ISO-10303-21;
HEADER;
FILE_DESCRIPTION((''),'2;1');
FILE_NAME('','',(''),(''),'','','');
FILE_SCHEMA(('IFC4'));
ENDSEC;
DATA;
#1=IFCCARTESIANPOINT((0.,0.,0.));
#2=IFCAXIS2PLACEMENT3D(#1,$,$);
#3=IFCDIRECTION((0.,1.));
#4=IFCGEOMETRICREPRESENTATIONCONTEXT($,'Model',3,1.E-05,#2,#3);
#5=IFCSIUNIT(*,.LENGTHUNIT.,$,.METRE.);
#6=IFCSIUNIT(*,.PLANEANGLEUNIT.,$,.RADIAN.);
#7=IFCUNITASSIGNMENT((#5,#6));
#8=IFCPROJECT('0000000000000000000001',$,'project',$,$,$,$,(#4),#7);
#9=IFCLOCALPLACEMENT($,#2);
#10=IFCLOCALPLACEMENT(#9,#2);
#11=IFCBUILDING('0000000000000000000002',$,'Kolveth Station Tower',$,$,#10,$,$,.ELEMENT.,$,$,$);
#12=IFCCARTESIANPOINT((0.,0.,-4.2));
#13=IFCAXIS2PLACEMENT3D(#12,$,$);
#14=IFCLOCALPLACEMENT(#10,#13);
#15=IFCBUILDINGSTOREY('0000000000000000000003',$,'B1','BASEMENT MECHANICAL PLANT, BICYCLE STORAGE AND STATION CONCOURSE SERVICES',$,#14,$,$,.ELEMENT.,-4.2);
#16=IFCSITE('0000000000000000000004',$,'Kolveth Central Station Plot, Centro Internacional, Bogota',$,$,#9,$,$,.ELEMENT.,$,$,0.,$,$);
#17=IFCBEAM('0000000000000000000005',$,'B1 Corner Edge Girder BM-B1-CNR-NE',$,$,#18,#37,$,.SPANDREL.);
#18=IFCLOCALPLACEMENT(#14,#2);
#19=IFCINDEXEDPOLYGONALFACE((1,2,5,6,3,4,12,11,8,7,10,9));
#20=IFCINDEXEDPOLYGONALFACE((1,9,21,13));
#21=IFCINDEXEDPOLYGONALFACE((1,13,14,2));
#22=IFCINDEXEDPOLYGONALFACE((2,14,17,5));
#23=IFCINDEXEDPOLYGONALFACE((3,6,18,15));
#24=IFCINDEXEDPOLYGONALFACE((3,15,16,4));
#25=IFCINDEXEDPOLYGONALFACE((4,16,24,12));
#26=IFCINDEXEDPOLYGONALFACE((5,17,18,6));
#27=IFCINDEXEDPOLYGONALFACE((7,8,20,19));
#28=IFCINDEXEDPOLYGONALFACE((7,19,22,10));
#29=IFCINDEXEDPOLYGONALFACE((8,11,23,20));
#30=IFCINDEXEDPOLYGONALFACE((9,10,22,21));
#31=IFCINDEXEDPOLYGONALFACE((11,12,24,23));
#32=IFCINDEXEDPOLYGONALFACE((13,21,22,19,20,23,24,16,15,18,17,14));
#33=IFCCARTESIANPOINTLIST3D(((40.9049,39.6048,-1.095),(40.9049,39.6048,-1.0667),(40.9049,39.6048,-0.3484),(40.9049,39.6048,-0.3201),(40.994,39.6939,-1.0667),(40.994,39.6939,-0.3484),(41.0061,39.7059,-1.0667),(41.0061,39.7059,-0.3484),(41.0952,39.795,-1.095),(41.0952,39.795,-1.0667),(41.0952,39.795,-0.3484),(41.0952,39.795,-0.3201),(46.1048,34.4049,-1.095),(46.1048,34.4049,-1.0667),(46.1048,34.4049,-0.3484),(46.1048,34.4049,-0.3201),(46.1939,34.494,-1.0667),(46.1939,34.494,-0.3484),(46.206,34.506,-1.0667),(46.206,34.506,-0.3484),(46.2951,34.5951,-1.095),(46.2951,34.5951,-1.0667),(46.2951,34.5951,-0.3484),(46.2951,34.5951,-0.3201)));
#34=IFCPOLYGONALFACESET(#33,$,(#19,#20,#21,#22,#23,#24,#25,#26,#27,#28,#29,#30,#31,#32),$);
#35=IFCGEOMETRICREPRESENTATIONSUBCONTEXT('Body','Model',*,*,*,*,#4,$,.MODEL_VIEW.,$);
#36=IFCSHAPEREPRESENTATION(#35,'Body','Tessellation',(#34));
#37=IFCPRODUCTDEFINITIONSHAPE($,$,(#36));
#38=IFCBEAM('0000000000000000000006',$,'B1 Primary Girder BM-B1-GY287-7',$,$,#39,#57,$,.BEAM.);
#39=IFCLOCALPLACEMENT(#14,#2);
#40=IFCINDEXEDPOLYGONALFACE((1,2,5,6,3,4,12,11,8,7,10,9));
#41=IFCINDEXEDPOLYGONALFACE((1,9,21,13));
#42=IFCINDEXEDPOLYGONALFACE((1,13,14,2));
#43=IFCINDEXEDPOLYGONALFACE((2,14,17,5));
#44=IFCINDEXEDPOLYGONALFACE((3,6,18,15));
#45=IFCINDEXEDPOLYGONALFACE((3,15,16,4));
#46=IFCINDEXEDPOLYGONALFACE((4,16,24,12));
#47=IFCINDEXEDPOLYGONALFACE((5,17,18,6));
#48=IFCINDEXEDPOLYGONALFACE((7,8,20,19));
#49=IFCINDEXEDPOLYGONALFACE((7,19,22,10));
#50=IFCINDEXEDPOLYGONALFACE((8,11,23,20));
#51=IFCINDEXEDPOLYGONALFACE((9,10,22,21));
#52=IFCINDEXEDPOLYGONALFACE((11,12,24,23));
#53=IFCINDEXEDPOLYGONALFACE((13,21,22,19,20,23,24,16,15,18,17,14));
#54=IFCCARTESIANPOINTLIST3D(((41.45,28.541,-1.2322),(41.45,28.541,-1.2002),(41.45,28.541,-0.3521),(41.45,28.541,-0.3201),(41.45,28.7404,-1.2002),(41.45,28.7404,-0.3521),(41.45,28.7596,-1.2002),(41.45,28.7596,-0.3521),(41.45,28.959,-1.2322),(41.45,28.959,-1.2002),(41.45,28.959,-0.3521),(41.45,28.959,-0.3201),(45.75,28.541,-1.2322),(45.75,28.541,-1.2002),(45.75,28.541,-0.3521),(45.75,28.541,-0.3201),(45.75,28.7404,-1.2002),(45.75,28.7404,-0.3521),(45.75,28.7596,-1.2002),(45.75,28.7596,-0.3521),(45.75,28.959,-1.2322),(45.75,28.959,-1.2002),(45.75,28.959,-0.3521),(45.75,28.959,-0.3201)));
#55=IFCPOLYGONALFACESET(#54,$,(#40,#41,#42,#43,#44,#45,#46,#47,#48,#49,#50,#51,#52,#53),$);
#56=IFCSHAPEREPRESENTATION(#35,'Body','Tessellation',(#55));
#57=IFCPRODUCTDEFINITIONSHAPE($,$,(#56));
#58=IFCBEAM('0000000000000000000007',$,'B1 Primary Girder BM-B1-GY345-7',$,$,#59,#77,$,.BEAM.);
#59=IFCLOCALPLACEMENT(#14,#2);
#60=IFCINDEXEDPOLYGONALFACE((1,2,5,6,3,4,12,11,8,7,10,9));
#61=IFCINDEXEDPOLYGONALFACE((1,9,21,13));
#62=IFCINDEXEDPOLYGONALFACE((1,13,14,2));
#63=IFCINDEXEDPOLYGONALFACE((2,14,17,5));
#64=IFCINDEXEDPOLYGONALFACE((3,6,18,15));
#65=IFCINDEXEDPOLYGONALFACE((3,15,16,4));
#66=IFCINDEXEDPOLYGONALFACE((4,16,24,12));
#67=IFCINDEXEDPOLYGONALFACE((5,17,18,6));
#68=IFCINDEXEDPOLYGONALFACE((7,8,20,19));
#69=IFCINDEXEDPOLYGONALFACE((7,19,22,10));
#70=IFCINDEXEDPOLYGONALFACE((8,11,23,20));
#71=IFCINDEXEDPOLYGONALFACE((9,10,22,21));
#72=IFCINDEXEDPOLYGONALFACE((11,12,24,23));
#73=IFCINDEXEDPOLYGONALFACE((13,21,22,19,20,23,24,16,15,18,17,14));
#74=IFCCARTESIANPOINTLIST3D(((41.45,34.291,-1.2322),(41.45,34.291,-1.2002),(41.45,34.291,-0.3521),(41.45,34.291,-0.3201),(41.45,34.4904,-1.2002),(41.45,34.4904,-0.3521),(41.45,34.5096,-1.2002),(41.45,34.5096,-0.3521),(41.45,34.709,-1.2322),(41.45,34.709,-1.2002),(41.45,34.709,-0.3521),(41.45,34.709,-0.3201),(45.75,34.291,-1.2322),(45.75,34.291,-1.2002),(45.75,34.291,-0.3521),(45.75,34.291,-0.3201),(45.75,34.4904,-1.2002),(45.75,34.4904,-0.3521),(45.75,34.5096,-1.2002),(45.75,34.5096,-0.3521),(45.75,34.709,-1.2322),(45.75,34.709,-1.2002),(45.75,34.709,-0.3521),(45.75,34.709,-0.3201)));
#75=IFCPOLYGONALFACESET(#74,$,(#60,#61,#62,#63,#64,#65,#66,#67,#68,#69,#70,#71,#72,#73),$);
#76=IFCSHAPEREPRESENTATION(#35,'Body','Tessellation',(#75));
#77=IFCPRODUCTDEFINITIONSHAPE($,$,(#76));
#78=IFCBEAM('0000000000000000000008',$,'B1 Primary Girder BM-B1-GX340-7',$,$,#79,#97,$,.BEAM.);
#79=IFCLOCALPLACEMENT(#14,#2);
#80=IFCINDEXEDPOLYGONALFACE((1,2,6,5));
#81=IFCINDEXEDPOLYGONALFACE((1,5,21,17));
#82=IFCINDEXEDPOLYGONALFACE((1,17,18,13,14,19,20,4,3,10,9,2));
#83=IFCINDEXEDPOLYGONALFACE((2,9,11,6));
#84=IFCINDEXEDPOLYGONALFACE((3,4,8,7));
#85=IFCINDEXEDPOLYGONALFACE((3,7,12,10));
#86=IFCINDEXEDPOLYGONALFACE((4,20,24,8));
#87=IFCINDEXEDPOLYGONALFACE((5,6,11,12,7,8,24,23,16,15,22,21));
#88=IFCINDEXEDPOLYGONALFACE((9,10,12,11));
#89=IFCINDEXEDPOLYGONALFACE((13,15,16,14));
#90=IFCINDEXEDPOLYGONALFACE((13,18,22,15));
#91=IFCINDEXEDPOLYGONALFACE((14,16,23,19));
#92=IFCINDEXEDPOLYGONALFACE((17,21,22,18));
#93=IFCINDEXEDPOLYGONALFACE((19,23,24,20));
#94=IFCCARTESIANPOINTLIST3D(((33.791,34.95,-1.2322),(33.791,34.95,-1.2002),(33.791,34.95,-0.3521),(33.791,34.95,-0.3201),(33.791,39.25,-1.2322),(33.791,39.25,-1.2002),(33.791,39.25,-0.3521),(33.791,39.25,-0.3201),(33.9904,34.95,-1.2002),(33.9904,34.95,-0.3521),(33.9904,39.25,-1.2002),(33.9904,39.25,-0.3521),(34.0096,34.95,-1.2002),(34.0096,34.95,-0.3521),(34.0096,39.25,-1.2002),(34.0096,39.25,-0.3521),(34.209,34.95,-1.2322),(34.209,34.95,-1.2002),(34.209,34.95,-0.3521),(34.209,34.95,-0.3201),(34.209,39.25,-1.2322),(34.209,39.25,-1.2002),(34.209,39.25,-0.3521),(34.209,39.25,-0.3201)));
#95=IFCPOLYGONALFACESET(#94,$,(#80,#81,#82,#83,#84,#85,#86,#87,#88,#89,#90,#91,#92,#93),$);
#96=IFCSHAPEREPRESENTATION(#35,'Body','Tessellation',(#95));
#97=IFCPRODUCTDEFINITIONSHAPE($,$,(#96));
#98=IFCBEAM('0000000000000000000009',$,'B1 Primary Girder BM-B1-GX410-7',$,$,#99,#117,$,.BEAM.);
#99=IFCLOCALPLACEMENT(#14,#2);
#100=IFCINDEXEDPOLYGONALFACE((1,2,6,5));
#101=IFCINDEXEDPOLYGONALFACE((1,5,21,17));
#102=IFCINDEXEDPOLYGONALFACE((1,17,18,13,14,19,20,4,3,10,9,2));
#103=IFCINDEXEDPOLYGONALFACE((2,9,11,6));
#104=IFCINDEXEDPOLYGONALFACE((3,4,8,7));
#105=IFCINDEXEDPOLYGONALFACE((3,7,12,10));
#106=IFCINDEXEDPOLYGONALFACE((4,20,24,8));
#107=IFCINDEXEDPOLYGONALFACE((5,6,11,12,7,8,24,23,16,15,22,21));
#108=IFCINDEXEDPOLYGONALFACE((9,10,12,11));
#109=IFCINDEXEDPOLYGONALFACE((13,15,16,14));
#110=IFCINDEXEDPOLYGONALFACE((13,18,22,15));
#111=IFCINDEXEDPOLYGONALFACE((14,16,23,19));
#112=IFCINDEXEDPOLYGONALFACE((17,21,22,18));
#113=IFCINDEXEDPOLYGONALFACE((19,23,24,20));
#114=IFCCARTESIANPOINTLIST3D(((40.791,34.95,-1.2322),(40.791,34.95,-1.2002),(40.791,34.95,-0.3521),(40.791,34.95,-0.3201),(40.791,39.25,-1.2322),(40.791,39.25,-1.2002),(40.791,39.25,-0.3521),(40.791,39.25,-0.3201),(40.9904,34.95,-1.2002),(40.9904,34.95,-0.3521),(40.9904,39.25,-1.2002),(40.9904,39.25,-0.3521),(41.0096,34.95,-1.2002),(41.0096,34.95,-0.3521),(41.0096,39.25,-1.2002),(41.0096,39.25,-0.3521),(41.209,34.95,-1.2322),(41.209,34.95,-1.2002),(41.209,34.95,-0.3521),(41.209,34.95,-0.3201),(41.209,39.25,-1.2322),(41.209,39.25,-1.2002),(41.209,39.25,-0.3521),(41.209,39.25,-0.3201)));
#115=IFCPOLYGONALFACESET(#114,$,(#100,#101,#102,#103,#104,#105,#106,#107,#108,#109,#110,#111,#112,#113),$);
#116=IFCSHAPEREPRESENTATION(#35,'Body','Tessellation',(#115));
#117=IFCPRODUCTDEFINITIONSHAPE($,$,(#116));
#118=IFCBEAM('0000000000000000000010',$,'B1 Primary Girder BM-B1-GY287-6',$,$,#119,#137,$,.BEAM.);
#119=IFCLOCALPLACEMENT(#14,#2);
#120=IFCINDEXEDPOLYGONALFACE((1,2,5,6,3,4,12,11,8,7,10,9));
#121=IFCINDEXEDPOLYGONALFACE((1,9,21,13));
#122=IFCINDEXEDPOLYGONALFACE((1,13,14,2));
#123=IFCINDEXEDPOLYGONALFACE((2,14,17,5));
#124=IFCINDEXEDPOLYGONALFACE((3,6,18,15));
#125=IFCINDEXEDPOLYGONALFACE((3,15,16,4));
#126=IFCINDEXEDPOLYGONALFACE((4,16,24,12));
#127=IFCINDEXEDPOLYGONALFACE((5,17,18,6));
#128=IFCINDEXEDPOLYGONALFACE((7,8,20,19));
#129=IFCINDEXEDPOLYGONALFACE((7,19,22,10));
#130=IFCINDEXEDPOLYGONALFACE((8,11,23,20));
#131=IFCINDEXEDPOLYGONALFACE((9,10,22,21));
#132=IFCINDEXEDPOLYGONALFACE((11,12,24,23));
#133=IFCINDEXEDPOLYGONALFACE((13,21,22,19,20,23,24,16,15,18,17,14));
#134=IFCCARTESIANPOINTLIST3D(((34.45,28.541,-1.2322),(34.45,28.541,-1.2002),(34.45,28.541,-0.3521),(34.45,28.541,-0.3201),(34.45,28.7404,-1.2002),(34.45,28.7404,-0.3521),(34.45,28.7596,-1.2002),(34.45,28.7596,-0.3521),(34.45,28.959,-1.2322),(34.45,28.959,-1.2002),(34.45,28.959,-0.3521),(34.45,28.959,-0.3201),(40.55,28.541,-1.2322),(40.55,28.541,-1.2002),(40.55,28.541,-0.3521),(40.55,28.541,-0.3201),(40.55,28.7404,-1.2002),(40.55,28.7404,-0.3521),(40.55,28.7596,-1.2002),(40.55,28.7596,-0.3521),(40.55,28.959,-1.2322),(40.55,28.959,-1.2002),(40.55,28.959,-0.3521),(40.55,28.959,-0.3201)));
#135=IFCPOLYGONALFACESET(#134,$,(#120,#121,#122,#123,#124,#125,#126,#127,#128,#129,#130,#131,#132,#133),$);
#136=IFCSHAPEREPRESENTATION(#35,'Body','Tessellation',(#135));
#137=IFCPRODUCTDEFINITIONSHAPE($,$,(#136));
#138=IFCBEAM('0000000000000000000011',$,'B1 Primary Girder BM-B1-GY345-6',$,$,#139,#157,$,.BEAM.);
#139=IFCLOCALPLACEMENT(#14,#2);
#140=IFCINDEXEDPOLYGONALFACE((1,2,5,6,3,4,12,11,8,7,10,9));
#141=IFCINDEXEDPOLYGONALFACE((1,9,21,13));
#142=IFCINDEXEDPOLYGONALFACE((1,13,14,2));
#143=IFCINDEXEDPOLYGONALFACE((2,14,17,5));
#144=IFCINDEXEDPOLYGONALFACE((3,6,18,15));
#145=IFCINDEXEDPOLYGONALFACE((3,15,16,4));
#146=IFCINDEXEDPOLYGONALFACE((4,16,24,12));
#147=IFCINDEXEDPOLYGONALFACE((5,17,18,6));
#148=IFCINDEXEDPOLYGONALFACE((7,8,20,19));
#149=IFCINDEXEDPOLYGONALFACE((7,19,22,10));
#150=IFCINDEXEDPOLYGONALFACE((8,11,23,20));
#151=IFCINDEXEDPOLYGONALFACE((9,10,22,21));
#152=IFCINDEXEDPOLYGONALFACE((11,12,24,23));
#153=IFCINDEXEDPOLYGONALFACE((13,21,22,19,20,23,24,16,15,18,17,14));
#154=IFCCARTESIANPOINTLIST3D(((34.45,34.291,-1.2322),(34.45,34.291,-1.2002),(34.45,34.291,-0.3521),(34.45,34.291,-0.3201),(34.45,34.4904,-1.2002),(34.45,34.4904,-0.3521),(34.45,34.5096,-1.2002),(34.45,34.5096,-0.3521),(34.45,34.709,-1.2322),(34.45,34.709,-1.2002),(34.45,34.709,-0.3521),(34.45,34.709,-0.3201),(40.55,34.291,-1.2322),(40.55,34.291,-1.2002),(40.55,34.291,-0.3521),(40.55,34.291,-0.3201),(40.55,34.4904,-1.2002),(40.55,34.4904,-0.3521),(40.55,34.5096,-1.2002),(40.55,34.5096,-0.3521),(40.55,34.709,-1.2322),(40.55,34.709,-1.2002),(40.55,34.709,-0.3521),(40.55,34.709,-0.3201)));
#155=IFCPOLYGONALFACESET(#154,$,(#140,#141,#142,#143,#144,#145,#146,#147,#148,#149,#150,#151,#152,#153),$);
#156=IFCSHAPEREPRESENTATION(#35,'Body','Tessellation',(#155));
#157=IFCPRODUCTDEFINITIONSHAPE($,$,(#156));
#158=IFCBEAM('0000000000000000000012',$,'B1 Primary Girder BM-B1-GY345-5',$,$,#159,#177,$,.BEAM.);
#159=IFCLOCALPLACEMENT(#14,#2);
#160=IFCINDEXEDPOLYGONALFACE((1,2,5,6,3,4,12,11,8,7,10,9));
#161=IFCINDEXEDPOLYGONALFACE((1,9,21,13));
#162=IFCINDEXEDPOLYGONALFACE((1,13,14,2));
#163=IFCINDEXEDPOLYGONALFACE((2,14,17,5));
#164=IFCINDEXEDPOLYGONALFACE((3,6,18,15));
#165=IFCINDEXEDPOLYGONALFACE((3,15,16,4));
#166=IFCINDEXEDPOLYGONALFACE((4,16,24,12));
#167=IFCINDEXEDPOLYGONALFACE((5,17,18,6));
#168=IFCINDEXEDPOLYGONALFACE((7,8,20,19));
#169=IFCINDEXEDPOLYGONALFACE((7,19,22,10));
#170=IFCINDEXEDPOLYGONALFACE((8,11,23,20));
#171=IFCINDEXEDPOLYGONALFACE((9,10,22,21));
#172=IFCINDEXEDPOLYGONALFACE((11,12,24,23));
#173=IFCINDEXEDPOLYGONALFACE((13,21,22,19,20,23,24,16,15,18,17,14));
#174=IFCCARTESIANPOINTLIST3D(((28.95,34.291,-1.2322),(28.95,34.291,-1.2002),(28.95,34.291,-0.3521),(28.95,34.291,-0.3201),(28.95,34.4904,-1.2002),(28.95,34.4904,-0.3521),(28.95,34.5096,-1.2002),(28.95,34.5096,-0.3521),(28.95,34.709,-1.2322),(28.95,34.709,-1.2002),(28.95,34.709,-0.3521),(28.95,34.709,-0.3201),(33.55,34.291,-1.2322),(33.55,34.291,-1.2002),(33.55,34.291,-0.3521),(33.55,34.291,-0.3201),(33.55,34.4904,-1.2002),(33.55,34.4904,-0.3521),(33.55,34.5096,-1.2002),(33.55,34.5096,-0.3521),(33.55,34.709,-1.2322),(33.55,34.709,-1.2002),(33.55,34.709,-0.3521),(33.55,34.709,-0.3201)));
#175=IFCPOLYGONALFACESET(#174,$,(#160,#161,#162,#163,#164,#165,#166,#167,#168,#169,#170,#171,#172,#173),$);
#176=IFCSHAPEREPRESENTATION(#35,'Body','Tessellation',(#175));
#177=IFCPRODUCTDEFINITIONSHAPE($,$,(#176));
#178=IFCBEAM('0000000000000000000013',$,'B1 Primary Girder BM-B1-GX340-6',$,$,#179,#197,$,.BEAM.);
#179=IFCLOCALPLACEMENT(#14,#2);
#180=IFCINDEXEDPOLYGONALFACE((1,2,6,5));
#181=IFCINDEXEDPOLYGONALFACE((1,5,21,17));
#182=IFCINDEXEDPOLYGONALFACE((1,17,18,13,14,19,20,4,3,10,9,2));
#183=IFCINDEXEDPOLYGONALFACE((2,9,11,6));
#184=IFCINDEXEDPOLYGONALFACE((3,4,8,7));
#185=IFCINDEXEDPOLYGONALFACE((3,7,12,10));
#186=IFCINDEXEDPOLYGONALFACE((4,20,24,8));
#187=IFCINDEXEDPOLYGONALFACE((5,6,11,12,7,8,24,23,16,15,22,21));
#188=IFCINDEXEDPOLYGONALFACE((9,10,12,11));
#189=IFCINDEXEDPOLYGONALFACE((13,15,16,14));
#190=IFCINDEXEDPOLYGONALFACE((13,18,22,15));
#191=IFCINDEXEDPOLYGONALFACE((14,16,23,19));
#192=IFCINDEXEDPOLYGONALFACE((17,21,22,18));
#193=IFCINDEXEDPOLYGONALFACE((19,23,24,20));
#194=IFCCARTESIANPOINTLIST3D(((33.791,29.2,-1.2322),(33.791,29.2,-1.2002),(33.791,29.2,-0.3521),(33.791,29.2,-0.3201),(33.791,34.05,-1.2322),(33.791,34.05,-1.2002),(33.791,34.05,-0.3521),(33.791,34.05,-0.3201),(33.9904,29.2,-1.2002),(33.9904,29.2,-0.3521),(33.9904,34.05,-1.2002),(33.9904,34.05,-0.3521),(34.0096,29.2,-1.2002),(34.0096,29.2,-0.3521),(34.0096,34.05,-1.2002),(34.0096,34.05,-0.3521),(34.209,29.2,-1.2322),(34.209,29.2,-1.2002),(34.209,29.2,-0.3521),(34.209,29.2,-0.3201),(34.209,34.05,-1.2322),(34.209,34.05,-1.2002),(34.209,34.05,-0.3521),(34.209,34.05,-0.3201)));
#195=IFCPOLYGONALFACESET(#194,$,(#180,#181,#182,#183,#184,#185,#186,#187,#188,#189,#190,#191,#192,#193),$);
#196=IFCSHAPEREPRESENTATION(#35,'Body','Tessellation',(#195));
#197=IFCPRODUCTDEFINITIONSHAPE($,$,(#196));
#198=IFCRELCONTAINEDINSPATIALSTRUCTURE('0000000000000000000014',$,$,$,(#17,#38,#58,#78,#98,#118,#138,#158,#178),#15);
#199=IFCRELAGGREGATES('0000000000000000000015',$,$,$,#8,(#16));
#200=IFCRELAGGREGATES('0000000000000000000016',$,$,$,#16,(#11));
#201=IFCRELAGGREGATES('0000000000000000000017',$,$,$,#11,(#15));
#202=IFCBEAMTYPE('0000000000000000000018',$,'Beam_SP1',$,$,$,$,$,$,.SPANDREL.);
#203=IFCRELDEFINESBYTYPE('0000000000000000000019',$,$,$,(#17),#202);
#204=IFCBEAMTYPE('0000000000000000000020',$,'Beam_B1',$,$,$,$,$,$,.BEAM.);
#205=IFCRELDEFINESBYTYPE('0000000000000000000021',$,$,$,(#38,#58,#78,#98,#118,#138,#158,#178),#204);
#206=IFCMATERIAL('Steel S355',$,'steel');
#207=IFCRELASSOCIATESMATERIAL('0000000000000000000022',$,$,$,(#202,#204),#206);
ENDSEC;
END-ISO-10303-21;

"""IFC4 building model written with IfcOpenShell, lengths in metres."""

from ifc_helpers import new_model, si_unit, direction, frame, origin, origin_2d, place, context, subcontext, project, spatial, i_section, extrude, source, transform, mapped, material, material_profile, profile_set, type_object, element, save


model = new_model("IFC4")

# Units and contexts
model_context = context("Model", 3, precision=1e-05, world=origin(), true_north=direction((0.0, 1.0)))
body_context = subcontext(model_context, "Body", "Model", "MODEL_VIEW")
ifc_project = project(units=[si_unit("LENGTHUNIT", "METRE"), si_unit("PLANEANGLEUNIT", "RADIAN")], contexts=[model_context])

# Site, building, storey
site_placement = place(None, origin())
site = spatial("IfcSite", under=ifc_project, at=site_placement, Name="Kolveth Central Station Plot, Centro Internacional, Bogota", CompositionType="ELEMENT", RefElevation=0.0)
building_placement = place(site_placement, origin())
building = spatial("IfcBuilding", under=site, at=building_placement, Name="Kolveth Station Tower", CompositionType="ELEMENT")
storey_placement = place(building_placement, frame((0.0, 0.0, -4.2)))
storey = spatial("IfcBuildingStorey", under=building, at=storey_placement, Name="B1", Description="BASEMENT MECHANICAL PLANT, BICYCLE STORAGE AND STATION CONCOURSE SERVICES", CompositionType="ELEMENT", Elevation=-4.2)

# Beams
ifc_material_1 = material(Name="Steel S355", Category="steel")
ifc_material_profile_1 = material_profile(ifc_material_1, i_section(OverallWidth=0.269, OverallDepth=0.7749, WebThickness=0.0171, FlangeThickness=0.0283, at=origin_2d()), Name="W760x220")
ifc_profile_set_1 = profile_set([ifc_material_profile_1], Name="Steel S355")
beam_type_1 = type_object("IfcBeamType", Name="Beam_SP1", PredefinedType="SPANDREL", material=ifc_profile_set_1)
shared_shape_1 = source(origin(), body_context, "Body", "SweptSolid", [
    extrude(i_section(OverallWidth=0.269, OverallDepth=0.7749, WebThickness=0.0171, FlangeThickness=0.0283, at=origin_2d()), origin(), (0.0, 0.0, 1.0), 7.3538),
])
beam_1_placement = place(storey_placement, frame((46.2, 34.5, -0.7075), z_axis=(-0.707107, 0.707107, 0.0), x_axis=(-0.707107, -0.707107, 0.0)))
element("IfcBeam", 1, at=beam_1_placement, inside=storey, type_object=beam_type_1, Name="B1 Corner Edge Girder BM-B1-CNR-NE", PredefinedType="SPANDREL", context=body_context, shape_type="MappedRepresentation", body=[
    mapped(shared_shape_1, transform((0.0, 0.0, 0.0), x_axis=(1.0, 0.0, 0.0), y_axis=(0.0, 1.0, 0.0), z_axis=(0.0, 0.0, 1.0), scale=1.0)),
])
ifc_material_profile_2 = material_profile(ifc_material_1, i_section(OverallWidth=0.418, OverallDepth=0.9121, WebThickness=0.0193, FlangeThickness=0.032, at=origin_2d()), Name="W920x342")
ifc_profile_set_2 = profile_set([ifc_material_profile_2], Name="Steel S355")
beam_type_2 = type_object("IfcBeamType", Name="Beam_B1", PredefinedType="BEAM", material=ifc_profile_set_2)
shared_shape_2 = source(origin(), body_context, "Body", "SweptSolid", [
    extrude(i_section(OverallWidth=0.418, OverallDepth=0.9121, WebThickness=0.0193, FlangeThickness=0.032, at=origin_2d()), origin(), (0.0, 0.0, 1.0), 4.3),
])
for number, where, z_axis, x_axis, name in (
    (2, (41.45, 28.75, -0.7761), (1.0, 0.0, 0.0), (0.0, 1.0, 0.0), "B1 Primary Girder BM-B1-GY287-7"),
    (3, (41.45, 34.5, -0.7761), (1.0, 0.0, 0.0), (0.0, 1.0, 0.0), "B1 Primary Girder BM-B1-GY345-7"),
    (4, (34.0, 34.95, -0.7761), (0.0, 1.0, 0.0), (-1.0, 0.0, 0.0), "B1 Primary Girder BM-B1-GX340-7"),
    (5, (41.0, 34.95, -0.7761), (0.0, 1.0, 0.0), (-1.0, 0.0, 0.0), "B1 Primary Girder BM-B1-GX410-7"),
):
    element("IfcBeam", number, at=place(storey_placement, frame(where, z_axis=z_axis, x_axis=x_axis)), inside=storey, type_object=beam_type_2, Name=name, PredefinedType="BEAM", context=body_context, shape_type="MappedRepresentation", body=[
        mapped(shared_shape_2, transform((0.0, 0.0, 0.0), x_axis=(1.0, 0.0, 0.0), y_axis=(0.0, 1.0, 0.0), z_axis=(0.0, 0.0, 1.0), scale=1.0)),
    ])
shared_shape_3 = source(origin(), body_context, "Body", "SweptSolid", [
    extrude(i_section(OverallWidth=0.418, OverallDepth=0.9121, WebThickness=0.0193, FlangeThickness=0.032, at=origin_2d()), origin(), (0.0, 0.0, 1.0), 6.1001),
])
for number, where, z_axis, x_axis, name in (
    (6, (34.45, 28.75, -0.7761), (1.0, 0.0, 0.0), (0.0, 1.0, 0.0), "B1 Primary Girder BM-B1-GY287-6"),
    (7, (34.45, 34.5, -0.7761), (1.0, 0.0, 0.0), (0.0, 1.0, 0.0), "B1 Primary Girder BM-B1-GY345-6"),
):
    element("IfcBeam", number, at=place(storey_placement, frame(where, z_axis=z_axis, x_axis=x_axis)), inside=storey, type_object=beam_type_2, Name=name, PredefinedType="BEAM", context=body_context, shape_type="MappedRepresentation", body=[
        mapped(shared_shape_3, transform((0.0, 0.0, 0.0), x_axis=(1.0, 0.0, 0.0), y_axis=(0.0, 1.0, 0.0), z_axis=(0.0, 0.0, 1.0), scale=1.0)),
    ])
shared_shape_4 = source(origin(), body_context, "Body", "SweptSolid", [
    extrude(i_section(OverallWidth=0.418, OverallDepth=0.9121, WebThickness=0.0193, FlangeThickness=0.032, at=origin_2d()), origin(), (0.0, 0.0, 1.0), 4.6001),
])
beam_2_placement = place(storey_placement, frame((28.95, 34.5, -0.7761), z_axis=(1.0, 0.0, 0.0), x_axis=(0.0, 1.0, 0.0)))
element("IfcBeam", 8, at=beam_2_placement, inside=storey, type_object=beam_type_2, Name="B1 Primary Girder BM-B1-GY345-5", PredefinedType="BEAM", context=body_context, shape_type="MappedRepresentation", body=[
    mapped(shared_shape_4, transform((0.0, 0.0, 0.0), x_axis=(1.0, 0.0, 0.0), y_axis=(0.0, 1.0, 0.0), z_axis=(0.0, 0.0, 1.0), scale=1.0)),
])
shared_shape_5 = source(origin(), body_context, "Body", "SweptSolid", [
    extrude(i_section(OverallWidth=0.418, OverallDepth=0.9121, WebThickness=0.0193, FlangeThickness=0.032, at=origin_2d()), origin(), (0.0, 0.0, 1.0), 4.8501),
])
for number, where, z_axis, x_axis, name in (
    (9, (34.0, 29.2, -0.7761), (0.0, 1.0, 0.0), (-1.0, 0.0, 0.0), "B1 Primary Girder BM-B1-GX340-6"),
):
    element("IfcBeam", number, at=place(storey_placement, frame(where, z_axis=z_axis, x_axis=x_axis)), inside=storey, type_object=beam_type_2, Name=name, PredefinedType="BEAM", context=body_context, shape_type="MappedRepresentation", body=[
        mapped(shared_shape_5, transform((0.0, 0.0, 0.0), x_axis=(1.0, 0.0, 0.0), y_axis=(0.0, 1.0, 0.0), z_axis=(0.0, 0.0, 1.0), scale=1.0)),
    ])

save(model, "model.ifc")
